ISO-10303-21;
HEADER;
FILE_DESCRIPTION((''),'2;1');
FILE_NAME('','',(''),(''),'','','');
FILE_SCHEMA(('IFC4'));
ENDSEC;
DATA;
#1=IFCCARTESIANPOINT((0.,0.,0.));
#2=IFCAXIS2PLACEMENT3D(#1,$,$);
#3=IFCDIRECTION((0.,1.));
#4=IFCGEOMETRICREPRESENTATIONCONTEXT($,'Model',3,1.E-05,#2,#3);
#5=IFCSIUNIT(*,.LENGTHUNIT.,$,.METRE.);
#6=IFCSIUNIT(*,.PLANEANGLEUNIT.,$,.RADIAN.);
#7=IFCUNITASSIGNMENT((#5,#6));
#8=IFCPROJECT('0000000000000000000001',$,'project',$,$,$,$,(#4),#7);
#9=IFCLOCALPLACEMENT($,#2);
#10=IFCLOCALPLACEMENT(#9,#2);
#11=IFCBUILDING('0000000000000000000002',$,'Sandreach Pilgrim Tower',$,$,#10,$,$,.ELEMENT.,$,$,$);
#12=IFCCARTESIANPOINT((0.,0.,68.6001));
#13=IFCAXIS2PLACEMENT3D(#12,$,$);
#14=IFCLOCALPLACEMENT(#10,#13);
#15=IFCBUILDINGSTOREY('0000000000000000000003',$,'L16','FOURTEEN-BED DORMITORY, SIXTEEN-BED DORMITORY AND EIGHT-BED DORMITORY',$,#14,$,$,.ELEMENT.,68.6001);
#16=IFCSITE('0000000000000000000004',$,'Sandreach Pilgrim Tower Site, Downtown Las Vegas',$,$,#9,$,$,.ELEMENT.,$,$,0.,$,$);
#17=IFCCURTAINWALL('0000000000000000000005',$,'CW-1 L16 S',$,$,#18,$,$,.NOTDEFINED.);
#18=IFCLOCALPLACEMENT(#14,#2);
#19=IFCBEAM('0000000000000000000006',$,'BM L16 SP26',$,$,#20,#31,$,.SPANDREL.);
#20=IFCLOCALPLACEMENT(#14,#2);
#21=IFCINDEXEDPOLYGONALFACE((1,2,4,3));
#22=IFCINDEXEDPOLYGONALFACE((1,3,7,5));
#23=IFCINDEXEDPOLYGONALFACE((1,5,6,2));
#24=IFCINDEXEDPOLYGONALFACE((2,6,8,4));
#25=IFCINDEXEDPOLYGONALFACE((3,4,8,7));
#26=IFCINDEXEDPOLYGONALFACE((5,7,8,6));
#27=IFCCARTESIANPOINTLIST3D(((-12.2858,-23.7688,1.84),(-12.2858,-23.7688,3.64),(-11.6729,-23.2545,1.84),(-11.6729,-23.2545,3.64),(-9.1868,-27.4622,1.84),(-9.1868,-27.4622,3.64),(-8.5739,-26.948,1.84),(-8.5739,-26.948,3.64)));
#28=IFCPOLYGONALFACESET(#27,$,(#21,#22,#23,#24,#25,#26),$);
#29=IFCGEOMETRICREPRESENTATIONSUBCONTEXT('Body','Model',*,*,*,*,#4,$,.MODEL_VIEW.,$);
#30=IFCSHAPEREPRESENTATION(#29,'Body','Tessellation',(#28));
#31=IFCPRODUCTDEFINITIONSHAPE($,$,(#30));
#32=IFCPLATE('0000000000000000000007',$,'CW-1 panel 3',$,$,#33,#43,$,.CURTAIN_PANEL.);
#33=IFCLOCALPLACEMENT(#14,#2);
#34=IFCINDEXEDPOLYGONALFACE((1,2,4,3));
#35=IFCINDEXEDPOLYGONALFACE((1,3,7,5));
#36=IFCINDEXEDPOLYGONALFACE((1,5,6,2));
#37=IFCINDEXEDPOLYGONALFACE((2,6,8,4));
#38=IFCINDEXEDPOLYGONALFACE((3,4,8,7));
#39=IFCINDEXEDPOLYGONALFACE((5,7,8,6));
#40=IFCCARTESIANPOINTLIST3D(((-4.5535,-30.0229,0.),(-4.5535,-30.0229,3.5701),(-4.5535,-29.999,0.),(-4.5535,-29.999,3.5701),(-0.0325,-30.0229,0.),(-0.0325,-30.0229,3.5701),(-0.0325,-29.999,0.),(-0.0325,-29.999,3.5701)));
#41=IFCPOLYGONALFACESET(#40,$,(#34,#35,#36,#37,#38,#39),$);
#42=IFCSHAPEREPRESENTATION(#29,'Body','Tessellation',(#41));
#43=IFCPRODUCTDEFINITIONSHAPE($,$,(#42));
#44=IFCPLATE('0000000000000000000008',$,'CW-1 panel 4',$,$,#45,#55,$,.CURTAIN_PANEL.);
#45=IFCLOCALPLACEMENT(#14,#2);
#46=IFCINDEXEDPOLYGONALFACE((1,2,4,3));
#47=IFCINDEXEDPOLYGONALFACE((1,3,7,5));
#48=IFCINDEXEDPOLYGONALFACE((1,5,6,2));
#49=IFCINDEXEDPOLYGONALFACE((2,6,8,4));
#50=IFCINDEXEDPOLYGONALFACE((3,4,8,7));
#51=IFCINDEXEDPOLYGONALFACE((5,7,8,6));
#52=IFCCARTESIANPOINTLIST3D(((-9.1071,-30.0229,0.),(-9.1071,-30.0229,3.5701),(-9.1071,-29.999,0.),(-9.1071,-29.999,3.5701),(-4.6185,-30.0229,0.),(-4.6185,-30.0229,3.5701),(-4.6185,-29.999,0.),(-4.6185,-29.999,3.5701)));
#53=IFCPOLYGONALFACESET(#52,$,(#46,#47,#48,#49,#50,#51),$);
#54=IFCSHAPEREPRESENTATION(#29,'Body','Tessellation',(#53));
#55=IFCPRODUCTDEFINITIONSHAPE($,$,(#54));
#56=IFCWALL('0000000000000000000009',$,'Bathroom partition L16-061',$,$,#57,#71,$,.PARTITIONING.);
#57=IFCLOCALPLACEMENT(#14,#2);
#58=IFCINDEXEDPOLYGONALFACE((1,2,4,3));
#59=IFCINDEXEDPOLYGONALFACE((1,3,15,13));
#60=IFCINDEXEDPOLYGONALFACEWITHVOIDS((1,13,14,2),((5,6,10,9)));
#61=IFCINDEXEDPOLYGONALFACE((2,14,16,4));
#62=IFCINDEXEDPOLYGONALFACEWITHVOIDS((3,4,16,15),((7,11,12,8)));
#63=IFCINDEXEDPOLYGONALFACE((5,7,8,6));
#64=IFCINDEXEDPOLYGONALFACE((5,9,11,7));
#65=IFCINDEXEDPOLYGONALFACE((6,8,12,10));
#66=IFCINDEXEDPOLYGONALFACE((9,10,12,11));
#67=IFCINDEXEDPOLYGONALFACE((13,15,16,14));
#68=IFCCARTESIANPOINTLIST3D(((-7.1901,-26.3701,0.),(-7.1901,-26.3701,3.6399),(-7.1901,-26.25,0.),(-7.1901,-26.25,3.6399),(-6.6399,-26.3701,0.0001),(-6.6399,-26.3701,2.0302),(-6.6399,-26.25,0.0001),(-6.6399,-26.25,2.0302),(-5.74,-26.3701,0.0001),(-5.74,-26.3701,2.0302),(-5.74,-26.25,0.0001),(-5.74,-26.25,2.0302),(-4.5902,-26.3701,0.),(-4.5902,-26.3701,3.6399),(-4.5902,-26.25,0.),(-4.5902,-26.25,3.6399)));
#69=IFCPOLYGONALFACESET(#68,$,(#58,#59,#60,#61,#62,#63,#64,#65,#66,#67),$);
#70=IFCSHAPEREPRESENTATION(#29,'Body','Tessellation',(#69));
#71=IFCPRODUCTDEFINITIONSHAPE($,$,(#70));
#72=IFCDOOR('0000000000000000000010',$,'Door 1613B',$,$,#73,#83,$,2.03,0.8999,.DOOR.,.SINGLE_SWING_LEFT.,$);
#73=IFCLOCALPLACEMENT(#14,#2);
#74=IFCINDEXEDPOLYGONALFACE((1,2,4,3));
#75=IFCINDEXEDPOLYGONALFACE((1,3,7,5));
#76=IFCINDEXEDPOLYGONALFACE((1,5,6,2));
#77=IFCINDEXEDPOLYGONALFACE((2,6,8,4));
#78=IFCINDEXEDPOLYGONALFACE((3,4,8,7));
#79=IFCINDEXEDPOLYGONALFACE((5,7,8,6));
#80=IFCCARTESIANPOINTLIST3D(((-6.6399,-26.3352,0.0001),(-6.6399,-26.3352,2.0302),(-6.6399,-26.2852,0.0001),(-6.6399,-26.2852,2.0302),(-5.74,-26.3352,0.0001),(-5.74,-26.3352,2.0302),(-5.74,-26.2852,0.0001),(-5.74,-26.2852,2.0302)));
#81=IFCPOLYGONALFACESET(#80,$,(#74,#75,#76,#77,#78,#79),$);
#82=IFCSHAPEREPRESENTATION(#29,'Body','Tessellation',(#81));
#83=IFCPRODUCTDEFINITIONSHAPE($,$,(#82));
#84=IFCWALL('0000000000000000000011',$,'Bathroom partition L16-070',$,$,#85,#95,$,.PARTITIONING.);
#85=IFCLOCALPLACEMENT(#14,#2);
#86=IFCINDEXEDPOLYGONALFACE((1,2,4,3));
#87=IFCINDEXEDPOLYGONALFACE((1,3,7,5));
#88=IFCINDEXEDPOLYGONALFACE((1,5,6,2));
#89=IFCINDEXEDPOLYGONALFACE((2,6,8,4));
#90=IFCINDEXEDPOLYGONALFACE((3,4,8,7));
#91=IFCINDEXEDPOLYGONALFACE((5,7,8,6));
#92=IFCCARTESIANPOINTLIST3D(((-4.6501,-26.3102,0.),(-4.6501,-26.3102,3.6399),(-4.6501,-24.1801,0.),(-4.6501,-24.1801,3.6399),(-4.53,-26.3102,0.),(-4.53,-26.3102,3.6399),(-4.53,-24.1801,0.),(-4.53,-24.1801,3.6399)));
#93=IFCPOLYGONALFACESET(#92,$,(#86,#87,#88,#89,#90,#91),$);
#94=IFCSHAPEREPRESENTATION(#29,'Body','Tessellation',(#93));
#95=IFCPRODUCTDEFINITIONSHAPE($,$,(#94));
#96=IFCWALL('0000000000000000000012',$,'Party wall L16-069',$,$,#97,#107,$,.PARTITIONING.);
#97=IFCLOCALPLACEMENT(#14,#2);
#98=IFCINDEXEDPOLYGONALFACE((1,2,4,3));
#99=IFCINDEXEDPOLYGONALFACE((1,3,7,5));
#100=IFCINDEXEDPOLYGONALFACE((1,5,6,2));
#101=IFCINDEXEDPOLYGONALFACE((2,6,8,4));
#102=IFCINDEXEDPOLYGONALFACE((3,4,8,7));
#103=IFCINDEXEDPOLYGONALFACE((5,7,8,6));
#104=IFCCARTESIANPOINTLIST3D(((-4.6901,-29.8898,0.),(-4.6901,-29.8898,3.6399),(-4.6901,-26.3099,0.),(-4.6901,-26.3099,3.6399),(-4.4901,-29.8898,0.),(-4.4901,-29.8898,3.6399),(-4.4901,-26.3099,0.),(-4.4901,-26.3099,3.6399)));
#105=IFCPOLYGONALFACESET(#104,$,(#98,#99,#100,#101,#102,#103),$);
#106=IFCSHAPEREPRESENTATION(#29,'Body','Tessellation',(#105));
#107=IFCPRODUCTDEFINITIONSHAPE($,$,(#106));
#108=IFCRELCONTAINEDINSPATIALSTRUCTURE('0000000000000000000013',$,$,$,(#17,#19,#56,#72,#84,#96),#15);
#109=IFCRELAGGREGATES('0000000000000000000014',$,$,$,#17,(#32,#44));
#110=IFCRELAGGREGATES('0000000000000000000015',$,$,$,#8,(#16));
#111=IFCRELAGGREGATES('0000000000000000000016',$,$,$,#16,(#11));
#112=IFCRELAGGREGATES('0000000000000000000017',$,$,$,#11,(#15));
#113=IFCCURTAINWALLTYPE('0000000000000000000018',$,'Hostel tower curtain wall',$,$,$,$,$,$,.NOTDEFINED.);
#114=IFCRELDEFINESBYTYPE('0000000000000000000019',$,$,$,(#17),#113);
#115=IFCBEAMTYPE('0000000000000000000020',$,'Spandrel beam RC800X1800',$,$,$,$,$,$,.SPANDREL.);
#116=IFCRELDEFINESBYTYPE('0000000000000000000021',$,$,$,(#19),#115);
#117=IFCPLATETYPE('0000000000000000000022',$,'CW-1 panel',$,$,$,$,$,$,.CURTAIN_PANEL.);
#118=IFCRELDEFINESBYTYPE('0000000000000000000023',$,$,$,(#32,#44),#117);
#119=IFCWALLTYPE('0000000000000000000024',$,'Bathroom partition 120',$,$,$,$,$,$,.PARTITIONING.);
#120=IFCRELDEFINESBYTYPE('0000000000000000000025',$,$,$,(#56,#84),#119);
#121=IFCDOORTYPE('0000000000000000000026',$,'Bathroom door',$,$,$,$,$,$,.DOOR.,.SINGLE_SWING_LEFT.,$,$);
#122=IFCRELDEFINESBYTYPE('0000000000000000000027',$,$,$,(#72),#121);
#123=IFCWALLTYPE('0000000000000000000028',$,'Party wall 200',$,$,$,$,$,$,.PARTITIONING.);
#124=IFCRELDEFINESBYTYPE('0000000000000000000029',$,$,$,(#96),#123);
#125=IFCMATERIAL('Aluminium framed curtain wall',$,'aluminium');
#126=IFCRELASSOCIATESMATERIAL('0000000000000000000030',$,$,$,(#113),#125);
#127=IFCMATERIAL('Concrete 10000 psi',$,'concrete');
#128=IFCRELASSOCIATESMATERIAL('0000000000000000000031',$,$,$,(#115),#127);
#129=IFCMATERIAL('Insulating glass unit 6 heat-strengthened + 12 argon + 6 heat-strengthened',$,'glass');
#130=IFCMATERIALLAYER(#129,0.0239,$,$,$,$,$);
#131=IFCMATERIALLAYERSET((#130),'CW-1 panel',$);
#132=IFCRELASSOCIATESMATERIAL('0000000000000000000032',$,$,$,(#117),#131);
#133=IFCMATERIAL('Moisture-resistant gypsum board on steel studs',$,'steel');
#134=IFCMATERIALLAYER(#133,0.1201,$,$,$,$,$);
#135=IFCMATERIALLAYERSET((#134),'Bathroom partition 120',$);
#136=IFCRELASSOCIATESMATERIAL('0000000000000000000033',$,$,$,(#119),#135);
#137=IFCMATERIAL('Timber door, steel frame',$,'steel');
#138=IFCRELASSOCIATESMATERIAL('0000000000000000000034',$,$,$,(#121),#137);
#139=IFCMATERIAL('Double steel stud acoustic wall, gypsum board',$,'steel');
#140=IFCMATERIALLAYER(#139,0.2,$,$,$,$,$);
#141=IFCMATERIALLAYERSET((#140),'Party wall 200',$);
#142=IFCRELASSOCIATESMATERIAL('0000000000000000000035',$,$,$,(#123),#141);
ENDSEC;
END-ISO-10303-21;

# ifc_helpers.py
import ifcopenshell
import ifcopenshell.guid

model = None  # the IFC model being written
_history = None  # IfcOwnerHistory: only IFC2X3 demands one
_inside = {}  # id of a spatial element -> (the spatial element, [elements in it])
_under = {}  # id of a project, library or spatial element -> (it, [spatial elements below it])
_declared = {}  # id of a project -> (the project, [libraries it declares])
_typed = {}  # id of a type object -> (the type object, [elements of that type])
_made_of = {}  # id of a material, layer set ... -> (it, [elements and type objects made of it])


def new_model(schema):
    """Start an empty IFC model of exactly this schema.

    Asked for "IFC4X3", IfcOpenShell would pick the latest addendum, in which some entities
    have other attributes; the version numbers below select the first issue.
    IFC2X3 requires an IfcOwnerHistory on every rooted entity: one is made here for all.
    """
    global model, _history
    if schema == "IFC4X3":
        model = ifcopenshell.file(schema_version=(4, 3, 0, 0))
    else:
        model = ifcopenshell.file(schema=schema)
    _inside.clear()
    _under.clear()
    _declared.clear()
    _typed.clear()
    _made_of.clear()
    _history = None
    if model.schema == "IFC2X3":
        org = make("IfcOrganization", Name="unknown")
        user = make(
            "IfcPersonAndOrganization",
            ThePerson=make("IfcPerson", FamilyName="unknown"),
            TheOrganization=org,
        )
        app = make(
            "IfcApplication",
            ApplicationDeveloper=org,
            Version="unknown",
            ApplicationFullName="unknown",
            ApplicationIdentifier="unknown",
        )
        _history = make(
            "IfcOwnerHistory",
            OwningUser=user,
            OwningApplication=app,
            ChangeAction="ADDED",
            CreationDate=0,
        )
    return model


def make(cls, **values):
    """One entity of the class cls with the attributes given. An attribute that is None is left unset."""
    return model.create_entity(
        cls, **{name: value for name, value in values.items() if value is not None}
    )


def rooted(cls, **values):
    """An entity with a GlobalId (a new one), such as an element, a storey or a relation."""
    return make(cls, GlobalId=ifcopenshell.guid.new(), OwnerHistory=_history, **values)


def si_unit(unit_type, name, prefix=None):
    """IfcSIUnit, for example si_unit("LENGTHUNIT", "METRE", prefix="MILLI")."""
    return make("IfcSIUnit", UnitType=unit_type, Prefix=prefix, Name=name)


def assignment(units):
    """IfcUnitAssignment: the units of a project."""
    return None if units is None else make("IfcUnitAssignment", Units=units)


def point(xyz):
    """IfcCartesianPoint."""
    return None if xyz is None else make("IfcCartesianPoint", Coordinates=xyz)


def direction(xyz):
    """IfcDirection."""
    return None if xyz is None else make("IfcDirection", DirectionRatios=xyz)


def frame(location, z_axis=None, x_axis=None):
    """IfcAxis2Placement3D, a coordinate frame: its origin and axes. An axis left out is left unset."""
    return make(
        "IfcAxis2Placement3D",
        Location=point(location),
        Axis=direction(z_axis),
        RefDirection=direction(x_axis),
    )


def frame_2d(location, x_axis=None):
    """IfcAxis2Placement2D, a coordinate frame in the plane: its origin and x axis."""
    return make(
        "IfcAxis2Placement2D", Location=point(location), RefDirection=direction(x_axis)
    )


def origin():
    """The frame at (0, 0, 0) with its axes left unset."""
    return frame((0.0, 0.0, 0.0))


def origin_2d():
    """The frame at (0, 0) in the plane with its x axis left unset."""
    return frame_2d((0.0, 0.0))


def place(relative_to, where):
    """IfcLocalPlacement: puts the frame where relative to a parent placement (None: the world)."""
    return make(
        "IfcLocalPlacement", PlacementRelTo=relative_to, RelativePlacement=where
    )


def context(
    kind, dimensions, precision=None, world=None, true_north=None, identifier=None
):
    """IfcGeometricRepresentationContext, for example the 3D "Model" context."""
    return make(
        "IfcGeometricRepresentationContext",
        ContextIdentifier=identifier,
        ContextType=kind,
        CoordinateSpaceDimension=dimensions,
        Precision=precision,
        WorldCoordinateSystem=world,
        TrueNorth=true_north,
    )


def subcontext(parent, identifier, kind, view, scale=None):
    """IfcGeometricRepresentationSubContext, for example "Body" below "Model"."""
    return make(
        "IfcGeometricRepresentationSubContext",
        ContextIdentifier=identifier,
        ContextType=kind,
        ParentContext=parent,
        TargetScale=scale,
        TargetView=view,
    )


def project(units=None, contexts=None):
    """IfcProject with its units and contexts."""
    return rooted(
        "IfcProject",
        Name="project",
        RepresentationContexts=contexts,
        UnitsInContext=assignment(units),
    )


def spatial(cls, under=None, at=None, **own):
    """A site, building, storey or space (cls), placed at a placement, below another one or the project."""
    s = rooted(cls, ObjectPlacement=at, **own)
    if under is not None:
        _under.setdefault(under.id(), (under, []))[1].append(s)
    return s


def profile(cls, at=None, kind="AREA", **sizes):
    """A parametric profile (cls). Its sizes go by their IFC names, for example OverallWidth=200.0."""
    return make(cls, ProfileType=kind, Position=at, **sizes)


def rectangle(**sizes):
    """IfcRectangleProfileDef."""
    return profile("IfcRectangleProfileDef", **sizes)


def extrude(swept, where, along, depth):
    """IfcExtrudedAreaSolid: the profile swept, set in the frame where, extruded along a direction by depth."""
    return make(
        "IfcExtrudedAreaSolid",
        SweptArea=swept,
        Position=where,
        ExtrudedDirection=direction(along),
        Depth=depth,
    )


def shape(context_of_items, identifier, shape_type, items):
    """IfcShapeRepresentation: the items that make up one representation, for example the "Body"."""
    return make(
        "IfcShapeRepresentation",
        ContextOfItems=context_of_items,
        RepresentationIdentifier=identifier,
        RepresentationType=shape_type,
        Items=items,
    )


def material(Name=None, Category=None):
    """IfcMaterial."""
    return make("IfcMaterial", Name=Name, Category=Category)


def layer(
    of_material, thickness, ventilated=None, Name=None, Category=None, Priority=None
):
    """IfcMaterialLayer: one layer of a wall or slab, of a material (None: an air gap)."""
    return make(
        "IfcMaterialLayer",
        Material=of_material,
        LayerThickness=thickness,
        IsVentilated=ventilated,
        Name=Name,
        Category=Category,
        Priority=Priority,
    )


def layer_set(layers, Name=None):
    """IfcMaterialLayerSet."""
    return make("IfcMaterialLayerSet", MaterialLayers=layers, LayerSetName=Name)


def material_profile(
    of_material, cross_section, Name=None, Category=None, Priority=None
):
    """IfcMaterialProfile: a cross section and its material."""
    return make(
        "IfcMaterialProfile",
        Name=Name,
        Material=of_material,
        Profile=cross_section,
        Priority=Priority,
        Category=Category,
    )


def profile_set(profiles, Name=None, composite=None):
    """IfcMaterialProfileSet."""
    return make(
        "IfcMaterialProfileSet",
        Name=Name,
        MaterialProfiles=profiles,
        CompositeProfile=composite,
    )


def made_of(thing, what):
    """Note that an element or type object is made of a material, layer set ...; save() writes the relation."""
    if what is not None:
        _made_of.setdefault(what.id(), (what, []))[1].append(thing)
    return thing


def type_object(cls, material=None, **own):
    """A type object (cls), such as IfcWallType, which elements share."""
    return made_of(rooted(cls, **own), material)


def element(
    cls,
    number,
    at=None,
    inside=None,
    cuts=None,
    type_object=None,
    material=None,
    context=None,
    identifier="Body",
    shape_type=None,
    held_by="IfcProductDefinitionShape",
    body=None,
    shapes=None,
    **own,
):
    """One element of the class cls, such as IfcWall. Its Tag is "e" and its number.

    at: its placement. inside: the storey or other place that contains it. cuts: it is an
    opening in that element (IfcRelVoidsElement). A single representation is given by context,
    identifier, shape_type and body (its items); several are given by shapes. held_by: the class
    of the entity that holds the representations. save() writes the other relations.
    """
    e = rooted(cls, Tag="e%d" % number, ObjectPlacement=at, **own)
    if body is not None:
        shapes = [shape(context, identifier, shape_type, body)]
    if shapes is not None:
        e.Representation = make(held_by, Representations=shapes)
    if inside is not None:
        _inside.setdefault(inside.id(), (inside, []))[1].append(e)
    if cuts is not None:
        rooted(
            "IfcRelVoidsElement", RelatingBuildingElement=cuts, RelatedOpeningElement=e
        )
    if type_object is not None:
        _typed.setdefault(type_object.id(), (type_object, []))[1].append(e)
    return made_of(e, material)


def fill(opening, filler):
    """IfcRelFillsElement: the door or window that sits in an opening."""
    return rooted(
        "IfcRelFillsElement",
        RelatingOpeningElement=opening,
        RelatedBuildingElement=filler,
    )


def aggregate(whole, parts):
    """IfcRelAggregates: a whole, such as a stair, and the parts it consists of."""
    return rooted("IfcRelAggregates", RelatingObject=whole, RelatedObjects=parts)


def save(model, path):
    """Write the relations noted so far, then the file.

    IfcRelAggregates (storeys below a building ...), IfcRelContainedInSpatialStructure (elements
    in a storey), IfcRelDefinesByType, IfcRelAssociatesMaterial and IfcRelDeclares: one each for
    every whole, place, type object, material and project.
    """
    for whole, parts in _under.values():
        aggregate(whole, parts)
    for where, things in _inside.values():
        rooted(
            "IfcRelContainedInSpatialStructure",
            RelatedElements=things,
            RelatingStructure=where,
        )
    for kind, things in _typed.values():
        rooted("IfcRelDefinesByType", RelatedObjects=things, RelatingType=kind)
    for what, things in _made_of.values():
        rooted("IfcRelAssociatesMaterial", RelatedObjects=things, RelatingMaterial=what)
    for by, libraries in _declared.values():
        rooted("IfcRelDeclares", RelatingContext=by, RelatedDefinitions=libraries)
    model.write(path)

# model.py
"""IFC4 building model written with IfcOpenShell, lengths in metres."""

from ifc_helpers import new_model, si_unit, direction, frame, frame_2d, origin, origin_2d, place, context, subcontext, project, spatial, rectangle, extrude, material, layer, layer_set, material_profile, profile_set, type_object, element, fill, aggregate, save


model = new_model("IFC4")

# Units and contexts
model_context = context("Model", 3, precision=1e-05, world=origin(), true_north=direction((0.0, 1.0)))
body_context = subcontext(model_context, "Body", "Model", "MODEL_VIEW")
ifc_project = project(units=[si_unit("LENGTHUNIT", "METRE"), si_unit("PLANEANGLEUNIT", "RADIAN")], contexts=[model_context])

# Site, building, storey
site_placement = place(None, origin())
site = spatial("IfcSite", under=ifc_project, at=site_placement, Name="Sandreach Pilgrim Tower Site, Downtown Las Vegas", CompositionType="ELEMENT", RefElevation=0.0)
building_placement = place(site_placement, origin())
building = spatial("IfcBuilding", under=site, at=building_placement, Name="Sandreach Pilgrim Tower", CompositionType="ELEMENT")
storey_placement = place(building_placement, frame((0.0, 0.0, 68.6001)))
storey = spatial("IfcBuildingStorey", under=building, at=storey_placement, Name="L16", Description="FOURTEEN-BED DORMITORY, SIXTEEN-BED DORMITORY AND EIGHT-BED DORMITORY", CompositionType="ELEMENT", Elevation=68.6001)

# Curtain wall
ifc_material_1 = material(Name="Aluminium framed curtain wall", Category="aluminium")
curtain_wall_type = type_object("IfcCurtainWallType", Name="Hostel tower curtain wall", PredefinedType="NOTDEFINED", material=ifc_material_1)
curtain_wall_placement = place(storey_placement, origin())
curtain_wall = element("IfcCurtainWall", 1, at=curtain_wall_placement, inside=storey, type_object=curtain_wall_type, Name="CW-1 L16 S", PredefinedType="NOTDEFINED")

# Beam
ifc_material_2 = material(Name="Concrete 10000 psi", Category="concrete")
ifc_material_profile_1 = material_profile(ifc_material_2, rectangle(XDim=0.8, YDim=1.8, at=origin_2d()), Name="RC800X1800")
ifc_profile_set_1 = profile_set([ifc_material_profile_1], Name="Concrete 10000 psi")
beam_type_1 = type_object("IfcBeamType", Name="Spandrel beam RC800X1800", PredefinedType="SPANDREL", material=ifc_profile_set_1)
beam_1_placement = place(storey_placement, frame((-8.8804, -27.2051, 2.74), z_axis=(-0.642761, 0.766067, 0.0), x_axis=(-0.766067, -0.642761, 0.0)))
element("IfcBeam", 2, at=beam_1_placement, inside=storey, type_object=beam_type_1, Name="BM L16 SP26", PredefinedType="SPANDREL", context=body_context, shape_type="SweptSolid", body=[
    extrude(rectangle(XDim=0.8, YDim=1.8, at=origin_2d()), origin(), (0.0, 0.0, 1.0), 4.8213),
])

# Plates
ifc_material_3 = material(Name="Insulating glass unit 6 heat-strengthened + 12 argon + 6 heat-strengthened", Category="glass")
ifc_layer_1 = layer(ifc_material_3, 0.0239)
ifc_layer_set_1 = layer_set([ifc_layer_1], Name="CW-1 panel")
plate_type = type_object("IfcPlateType", Name="CW-1 panel", PredefinedType="CURTAIN_PANEL", material=ifc_layer_set_1)
plate_1_placement = place(storey_placement, frame((-2.293, -30.011, 0.0), z_axis=(0.0, 0.0, 1.0), x_axis=(-1.0, 0.0, 0.0)))
plate_1 = element("IfcPlate", 3, at=plate_1_placement, type_object=plate_type, Name="CW-1 panel 3", PredefinedType="CURTAIN_PANEL", context=body_context, shape_type="SweptSolid", body=[
    extrude(rectangle(XDim=4.521, YDim=0.0239, at=origin_2d()), origin(), (0.0, 0.0, 1.0), 3.5701),
])
plate_2_placement = place(storey_placement, frame((-6.8628, -30.011, 0.0), z_axis=(0.0, 0.0, 1.0), x_axis=(-1.0, 0.0, 0.0)))
plate_2 = element("IfcPlate", 4, at=plate_2_placement, type_object=plate_type, Name="CW-1 panel 4", PredefinedType="CURTAIN_PANEL", context=body_context, shape_type="SweptSolid", body=[
    extrude(rectangle(XDim=4.4885, YDim=0.0239, at=origin_2d()), origin(), (0.0, 0.0, 1.0), 3.5701),
])
aggregate(curtain_wall, [plate_1, plate_2])

# Wall, opening, door
ifc_material_4 = material(Name="Moisture-resistant gypsum board on steel studs", Category="steel")
ifc_layer_2 = layer(ifc_material_4, 0.1201)
ifc_layer_set_2 = layer_set([ifc_layer_2], Name="Bathroom partition 120")
wall_type_1 = type_object("IfcWallType", Name="Bathroom partition 120", PredefinedType="PARTITIONING", material=ifc_layer_set_2)
wall_1_placement = place(storey_placement, frame((-7.1899, -26.3101, 0.0), z_axis=(0.0, 0.0, 1.0), x_axis=(1.0, 0.0, 0.0)))
wall_1 = element("IfcWall", 5, at=wall_1_placement, inside=storey, type_object=wall_type_1, Name="Bathroom partition L16-061", PredefinedType="PARTITIONING", context=body_context, shape_type="SweptSolid", body=[
    extrude(rectangle(XDim=2.5999, YDim=0.1201, at=frame_2d((1.2998, 0.0))), origin(), (0.0, 0.0, 1.0), 3.6399),
])
opening_placement = place(wall_1_placement, frame((0.55, 0.0, 0.0)))
opening = element("IfcOpeningElement", 6, at=opening_placement, cuts=wall_1, PredefinedType="OPENING", context=body_context, shape_type="SweptSolid", body=[
    extrude(rectangle(XDim=0.8999, YDim=2.03, at=frame_2d((0.45, 1.0151))), frame((0.0, 0.0601, 0.0), z_axis=(0.0, -1.0, 0.0), x_axis=(1.0, 0.0, 0.0)), (0.0, 0.0, 1.0), 0.1201),
])
ifc_material_5 = material(Name="Timber door, steel frame", Category="steel")
door_type = type_object("IfcDoorType", Name="Bathroom door", OperationType="SINGLE_SWING_LEFT", PredefinedType="DOOR", material=ifc_material_5)
door_placement = place(opening_placement, origin())
door = element("IfcDoor", 7, at=door_placement, inside=storey, type_object=door_type, Name="Door 1613B", OperationType="SINGLE_SWING_LEFT", OverallHeight=2.03, OverallWidth=0.8999, PredefinedType="DOOR", context=body_context, shape_type="SweptSolid", body=[
    extrude(rectangle(XDim=0.8999, YDim=2.03, at=frame_2d((0.45, 1.0151))), frame((0.0, 0.0249, 0.0), z_axis=(0.0, -1.0, 0.0), x_axis=(1.0, 0.0, 0.0)), (0.0, 0.0, 1.0), 0.05),
])
fill(opening, door)

# Walls
wall_2_placement = place(storey_placement, frame((-4.5901, -26.3101, 0.0), z_axis=(0.0, 0.0, 1.0), x_axis=(0.0, 1.0, 0.0)))
element("IfcWall", 8, at=wall_2_placement, inside=storey, type_object=wall_type_1, Name="Bathroom partition L16-070", PredefinedType="PARTITIONING", context=body_context, shape_type="SweptSolid", body=[
    extrude(rectangle(XDim=2.1301, YDim=0.1201, at=frame_2d((1.0649, 0.0))), origin(), (0.0, 0.0, 1.0), 3.6399),
])
ifc_material_6 = material(Name="Double steel stud acoustic wall, gypsum board", Category="steel")
ifc_layer_3 = layer(ifc_material_6, 0.2)
ifc_layer_set_3 = layer_set([ifc_layer_3], Name="Party wall 200")
wall_type_2 = type_object("IfcWallType", Name="Party wall 200", PredefinedType="PARTITIONING", material=ifc_layer_set_3)
wall_3_placement = place(storey_placement, frame((-4.5901, -29.8899, 0.0), z_axis=(0.0, 0.0, 1.0), x_axis=(0.0, 1.0, 0.0)))
element("IfcWall", 9, at=wall_3_placement, inside=storey, type_object=wall_type_2, Name="Party wall L16-069", PredefinedType="PARTITIONING", context=body_context, shape_type="SweptSolid", body=[
    extrude(rectangle(XDim=3.5798, YDim=0.2, at=frame_2d((1.79, 0.0))), origin(), (0.0, 0.0, 1.0), 3.6399),
])

save(model, "model.ifc")
